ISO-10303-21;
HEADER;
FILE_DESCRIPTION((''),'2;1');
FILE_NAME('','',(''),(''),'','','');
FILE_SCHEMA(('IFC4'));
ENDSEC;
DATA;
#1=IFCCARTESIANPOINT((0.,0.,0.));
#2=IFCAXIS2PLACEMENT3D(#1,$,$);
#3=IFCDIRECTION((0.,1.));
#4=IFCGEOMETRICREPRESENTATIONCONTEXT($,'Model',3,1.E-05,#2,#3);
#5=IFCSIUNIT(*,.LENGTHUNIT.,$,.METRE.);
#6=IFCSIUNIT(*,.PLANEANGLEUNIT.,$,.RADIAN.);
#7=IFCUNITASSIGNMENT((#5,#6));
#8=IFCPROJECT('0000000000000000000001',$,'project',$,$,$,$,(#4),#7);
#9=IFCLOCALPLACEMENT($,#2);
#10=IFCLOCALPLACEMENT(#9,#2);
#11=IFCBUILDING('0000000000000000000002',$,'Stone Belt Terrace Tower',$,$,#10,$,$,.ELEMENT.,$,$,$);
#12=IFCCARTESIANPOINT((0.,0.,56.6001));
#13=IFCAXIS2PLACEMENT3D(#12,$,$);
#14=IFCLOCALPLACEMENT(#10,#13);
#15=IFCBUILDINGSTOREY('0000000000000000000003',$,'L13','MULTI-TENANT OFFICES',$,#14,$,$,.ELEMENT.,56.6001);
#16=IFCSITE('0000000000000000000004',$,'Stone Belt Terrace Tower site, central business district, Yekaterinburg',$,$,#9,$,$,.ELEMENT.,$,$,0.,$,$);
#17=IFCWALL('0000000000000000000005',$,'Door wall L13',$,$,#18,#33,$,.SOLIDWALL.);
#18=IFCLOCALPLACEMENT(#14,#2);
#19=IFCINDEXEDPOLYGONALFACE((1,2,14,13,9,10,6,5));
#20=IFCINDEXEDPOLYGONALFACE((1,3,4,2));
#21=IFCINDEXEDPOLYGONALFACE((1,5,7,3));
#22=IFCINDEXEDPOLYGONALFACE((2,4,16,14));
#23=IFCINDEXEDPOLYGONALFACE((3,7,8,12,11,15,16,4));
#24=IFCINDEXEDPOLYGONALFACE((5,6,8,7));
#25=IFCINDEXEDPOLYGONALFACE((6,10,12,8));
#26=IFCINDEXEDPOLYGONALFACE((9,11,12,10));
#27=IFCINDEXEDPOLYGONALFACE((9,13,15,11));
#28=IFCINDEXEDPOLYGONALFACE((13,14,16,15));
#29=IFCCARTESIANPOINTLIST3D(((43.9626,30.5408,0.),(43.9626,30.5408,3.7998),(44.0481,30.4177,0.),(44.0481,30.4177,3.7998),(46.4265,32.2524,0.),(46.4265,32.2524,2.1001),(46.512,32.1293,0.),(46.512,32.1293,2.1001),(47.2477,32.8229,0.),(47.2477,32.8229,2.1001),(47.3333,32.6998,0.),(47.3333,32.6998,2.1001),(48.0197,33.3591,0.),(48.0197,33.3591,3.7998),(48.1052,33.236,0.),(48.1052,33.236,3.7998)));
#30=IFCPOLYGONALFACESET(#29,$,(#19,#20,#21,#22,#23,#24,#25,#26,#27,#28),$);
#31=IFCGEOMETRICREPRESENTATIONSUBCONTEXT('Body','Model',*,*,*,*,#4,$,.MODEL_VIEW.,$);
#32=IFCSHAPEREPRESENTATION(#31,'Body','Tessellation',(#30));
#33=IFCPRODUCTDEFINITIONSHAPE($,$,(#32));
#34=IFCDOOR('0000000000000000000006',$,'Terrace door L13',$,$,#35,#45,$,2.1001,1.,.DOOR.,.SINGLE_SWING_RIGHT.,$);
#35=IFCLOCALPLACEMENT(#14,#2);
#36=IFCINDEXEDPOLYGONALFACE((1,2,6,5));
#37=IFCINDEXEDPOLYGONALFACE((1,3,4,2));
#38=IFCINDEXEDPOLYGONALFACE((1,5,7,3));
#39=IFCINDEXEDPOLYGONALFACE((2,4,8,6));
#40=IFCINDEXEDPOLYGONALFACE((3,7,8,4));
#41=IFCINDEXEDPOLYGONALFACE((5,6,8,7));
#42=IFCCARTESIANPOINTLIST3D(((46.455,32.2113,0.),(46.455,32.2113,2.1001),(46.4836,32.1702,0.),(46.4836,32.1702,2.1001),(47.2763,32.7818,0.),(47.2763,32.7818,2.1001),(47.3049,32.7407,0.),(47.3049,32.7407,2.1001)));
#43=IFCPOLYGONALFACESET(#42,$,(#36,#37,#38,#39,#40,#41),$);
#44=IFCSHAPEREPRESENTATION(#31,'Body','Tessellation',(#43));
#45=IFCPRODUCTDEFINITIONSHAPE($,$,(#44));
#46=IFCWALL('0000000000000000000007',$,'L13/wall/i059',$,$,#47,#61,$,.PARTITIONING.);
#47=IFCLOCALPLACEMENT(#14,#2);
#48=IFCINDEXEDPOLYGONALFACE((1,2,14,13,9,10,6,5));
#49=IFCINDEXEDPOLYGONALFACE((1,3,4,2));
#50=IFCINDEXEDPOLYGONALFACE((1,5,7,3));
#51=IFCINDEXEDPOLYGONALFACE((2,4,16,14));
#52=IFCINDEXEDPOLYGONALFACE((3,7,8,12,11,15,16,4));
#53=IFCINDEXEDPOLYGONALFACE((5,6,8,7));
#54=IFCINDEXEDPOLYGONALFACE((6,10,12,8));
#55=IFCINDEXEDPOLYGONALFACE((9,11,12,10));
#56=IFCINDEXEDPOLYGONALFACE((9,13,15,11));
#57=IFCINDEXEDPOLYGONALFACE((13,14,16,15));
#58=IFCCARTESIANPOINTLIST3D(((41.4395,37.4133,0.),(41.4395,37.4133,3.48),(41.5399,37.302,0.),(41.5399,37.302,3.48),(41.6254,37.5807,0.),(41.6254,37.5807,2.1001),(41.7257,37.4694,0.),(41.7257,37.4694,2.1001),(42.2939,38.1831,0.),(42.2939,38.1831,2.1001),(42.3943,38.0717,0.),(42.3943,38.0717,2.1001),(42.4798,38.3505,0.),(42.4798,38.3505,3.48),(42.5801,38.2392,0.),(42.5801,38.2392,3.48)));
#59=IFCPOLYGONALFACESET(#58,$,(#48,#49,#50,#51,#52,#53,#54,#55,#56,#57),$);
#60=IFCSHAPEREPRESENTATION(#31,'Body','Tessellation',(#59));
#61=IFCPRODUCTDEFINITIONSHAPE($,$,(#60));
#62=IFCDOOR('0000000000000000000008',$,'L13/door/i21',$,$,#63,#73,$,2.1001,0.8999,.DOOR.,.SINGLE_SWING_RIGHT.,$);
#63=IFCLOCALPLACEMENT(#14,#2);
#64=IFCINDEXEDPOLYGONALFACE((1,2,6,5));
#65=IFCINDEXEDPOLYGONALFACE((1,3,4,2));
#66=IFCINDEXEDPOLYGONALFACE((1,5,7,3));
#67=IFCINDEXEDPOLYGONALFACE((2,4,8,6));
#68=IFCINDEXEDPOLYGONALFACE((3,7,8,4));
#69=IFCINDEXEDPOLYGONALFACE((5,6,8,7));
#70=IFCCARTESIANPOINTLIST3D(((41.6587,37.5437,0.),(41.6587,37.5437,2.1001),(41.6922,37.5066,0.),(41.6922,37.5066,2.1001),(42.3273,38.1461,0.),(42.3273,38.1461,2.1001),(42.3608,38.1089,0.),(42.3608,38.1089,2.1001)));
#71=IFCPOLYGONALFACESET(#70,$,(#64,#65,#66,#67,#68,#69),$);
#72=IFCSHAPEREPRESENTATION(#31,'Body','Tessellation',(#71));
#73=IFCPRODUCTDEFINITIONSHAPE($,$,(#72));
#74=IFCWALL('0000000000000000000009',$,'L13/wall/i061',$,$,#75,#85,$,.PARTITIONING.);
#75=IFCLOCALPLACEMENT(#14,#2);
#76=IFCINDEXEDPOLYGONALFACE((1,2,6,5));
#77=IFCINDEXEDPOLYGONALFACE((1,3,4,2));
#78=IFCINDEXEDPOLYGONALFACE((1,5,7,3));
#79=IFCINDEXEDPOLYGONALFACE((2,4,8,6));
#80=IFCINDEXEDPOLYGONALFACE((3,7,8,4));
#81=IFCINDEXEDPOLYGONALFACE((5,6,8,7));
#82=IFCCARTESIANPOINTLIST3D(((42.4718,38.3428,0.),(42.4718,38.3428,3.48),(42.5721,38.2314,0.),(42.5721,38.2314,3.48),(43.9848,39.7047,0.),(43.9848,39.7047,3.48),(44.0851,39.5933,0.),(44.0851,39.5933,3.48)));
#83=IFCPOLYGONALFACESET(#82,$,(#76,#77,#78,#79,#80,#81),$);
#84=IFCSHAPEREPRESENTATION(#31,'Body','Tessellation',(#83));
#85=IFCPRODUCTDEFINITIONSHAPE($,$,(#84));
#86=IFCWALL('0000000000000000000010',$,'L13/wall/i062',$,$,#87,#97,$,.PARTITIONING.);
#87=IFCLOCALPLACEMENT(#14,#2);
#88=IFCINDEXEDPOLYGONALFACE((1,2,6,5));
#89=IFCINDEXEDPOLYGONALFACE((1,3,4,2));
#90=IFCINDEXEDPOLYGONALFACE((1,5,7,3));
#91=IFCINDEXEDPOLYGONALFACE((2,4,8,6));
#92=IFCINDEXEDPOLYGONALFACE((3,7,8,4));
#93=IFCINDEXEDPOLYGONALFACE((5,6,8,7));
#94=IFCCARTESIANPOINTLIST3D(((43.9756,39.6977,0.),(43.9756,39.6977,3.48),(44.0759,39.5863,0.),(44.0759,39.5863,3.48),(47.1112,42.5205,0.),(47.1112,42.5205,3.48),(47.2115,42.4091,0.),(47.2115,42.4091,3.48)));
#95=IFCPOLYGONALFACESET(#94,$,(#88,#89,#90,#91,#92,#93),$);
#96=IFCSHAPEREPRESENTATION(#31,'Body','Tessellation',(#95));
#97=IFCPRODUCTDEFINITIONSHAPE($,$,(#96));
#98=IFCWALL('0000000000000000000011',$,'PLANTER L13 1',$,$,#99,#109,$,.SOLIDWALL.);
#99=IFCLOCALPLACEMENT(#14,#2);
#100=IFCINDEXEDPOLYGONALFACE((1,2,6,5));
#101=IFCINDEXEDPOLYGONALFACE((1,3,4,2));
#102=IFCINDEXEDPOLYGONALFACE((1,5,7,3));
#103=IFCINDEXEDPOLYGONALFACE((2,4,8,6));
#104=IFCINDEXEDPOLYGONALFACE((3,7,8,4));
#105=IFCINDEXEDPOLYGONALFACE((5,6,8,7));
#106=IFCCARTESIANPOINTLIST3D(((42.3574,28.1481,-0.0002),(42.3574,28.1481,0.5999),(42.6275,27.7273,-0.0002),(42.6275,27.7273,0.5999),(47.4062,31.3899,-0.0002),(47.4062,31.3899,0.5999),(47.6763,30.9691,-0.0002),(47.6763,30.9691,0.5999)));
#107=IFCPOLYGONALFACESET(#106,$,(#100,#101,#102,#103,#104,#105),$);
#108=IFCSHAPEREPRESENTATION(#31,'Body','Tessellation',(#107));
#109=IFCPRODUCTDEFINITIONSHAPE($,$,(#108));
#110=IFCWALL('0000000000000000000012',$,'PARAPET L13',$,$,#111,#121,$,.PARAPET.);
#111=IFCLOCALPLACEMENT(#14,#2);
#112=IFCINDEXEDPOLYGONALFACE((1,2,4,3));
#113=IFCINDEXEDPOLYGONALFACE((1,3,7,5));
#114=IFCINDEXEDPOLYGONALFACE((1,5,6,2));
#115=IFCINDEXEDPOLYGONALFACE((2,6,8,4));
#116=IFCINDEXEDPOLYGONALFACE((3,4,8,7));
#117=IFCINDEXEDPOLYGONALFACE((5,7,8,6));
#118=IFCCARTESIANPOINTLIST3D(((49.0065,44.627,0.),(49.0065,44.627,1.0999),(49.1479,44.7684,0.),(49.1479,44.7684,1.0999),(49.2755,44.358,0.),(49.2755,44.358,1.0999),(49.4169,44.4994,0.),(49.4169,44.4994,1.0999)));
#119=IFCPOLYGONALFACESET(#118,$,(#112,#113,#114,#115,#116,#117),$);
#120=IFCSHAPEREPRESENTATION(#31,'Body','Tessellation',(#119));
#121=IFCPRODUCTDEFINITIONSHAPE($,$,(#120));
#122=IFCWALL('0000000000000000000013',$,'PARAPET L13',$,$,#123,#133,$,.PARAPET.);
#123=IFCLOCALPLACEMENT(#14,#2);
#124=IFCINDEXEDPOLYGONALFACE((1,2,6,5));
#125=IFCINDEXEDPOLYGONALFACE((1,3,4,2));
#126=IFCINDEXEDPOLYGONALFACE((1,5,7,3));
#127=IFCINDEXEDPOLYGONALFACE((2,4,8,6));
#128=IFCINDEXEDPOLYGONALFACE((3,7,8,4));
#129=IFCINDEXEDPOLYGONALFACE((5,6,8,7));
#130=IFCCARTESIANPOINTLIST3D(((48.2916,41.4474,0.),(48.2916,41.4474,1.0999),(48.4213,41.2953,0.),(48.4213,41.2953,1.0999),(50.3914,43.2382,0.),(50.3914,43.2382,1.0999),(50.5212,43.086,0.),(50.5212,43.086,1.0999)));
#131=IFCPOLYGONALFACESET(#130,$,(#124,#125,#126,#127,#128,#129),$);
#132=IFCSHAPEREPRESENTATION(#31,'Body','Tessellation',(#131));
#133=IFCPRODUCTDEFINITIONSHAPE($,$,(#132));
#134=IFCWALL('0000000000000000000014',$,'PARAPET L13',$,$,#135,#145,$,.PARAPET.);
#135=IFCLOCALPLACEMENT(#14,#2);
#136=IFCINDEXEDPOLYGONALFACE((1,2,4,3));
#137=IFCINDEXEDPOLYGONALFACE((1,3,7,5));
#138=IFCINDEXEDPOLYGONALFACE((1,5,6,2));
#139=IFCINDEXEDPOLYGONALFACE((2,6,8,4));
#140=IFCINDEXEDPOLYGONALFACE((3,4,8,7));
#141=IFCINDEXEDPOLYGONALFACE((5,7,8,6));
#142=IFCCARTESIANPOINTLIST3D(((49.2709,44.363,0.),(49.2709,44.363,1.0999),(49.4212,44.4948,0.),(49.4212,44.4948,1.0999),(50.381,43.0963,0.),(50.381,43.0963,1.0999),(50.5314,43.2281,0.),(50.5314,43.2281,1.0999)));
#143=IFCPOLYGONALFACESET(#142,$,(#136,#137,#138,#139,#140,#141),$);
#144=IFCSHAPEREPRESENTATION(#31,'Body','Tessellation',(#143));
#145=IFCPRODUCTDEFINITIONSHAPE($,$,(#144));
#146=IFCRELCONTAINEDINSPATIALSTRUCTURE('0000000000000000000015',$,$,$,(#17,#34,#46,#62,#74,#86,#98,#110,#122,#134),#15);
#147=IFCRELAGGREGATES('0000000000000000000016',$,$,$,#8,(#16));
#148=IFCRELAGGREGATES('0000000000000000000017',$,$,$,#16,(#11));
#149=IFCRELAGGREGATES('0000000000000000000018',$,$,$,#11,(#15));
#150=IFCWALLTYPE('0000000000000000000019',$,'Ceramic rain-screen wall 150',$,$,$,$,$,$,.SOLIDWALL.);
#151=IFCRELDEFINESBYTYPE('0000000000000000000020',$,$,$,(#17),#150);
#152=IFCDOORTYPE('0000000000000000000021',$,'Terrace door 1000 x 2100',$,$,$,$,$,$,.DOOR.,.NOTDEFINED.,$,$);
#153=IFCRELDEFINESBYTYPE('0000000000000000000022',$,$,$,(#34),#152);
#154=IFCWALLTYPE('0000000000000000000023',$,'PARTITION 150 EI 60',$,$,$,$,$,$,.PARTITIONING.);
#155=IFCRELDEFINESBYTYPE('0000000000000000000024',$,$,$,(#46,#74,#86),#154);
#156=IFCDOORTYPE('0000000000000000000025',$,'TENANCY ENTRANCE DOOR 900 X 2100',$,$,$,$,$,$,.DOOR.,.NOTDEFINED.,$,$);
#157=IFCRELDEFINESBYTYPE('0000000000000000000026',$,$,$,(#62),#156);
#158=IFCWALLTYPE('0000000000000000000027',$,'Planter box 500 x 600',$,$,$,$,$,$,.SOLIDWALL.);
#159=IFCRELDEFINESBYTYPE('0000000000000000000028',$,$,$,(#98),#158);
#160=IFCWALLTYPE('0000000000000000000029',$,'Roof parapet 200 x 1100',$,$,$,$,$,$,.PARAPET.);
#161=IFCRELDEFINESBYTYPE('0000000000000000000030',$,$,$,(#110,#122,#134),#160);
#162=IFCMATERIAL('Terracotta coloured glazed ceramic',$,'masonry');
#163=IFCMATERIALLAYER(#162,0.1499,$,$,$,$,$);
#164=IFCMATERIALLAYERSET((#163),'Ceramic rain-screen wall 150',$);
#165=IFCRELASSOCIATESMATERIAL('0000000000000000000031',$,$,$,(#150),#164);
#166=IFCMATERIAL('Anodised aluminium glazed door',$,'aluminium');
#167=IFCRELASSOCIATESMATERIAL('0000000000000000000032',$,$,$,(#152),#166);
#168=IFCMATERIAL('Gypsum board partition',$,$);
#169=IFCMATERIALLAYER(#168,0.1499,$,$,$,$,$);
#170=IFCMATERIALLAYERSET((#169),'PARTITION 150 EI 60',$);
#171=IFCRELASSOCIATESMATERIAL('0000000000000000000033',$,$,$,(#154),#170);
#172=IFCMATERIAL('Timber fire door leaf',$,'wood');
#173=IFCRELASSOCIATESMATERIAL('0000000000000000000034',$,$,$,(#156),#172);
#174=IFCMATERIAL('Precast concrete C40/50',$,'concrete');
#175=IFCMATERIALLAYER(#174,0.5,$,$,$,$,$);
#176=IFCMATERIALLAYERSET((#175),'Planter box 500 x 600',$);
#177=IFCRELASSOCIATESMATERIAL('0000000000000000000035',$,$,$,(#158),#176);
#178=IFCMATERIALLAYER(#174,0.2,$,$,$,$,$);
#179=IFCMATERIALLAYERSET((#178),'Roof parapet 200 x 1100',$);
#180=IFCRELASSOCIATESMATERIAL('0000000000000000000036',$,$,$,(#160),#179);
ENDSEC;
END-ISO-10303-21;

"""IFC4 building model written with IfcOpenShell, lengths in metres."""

from ifc_helpers import new_model, si_unit, direction, frame, frame_2d, origin, origin_2d, place, context, subcontext, project, spatial, rectangle, extrude, material, layer, layer_set, type_object, element, fill, save


model = new_model("IFC4")

# Units and contexts
model_context = context("Model", 3, precision=1e-05, world=origin(), true_north=direction((0.0, 1.0)))
body_context = subcontext(model_context, "Body", "Model", "MODEL_VIEW")
ifc_project = project(units=[si_unit("LENGTHUNIT", "METRE"), si_unit("PLANEANGLEUNIT", "RADIAN")], contexts=[model_context])

# Site, building, storey
site_placement = place(None, origin())
site = spatial("IfcSite", under=ifc_project, at=site_placement, Name="Stone Belt Terrace Tower site, central business district, Yekaterinburg", CompositionType="ELEMENT", RefElevation=0.0)
building_placement = place(site_placement, origin())
building = spatial("IfcBuilding", under=site, at=building_placement, Name="Stone Belt Terrace Tower", CompositionType="ELEMENT")
storey_placement = place(building_placement, frame((0.0, 0.0, 56.6001)))
storey = spatial("IfcBuildingStorey", under=building, at=storey_placement, Name="L13", Description="MULTI-TENANT OFFICES", CompositionType="ELEMENT", Elevation=56.6001)

# Walls, openings, doors
ifc_material_1 = material(Name="Terracotta coloured glazed ceramic", Category="masonry")
ifc_layer_1 = layer(ifc_material_1, 0.1499)
ifc_layer_set_1 = layer_set([ifc_layer_1], Name="Ceramic rain-screen wall 150")
wall_type_1 = type_object("IfcWallType", Name="Ceramic rain-screen wall 150", PredefinedType="SOLIDWALL", material=ifc_layer_set_1)
wall_1_placement = place(storey_placement, frame((44.0054, 30.4792, 0.0), z_axis=(0.0, 0.0, 1.0), x_axis=(0.821284, 0.57052, 0.0)))
wall_1 = element("IfcWall", 1, at=wall_1_placement, inside=storey, type_object=wall_type_1, Name="Door wall L13", PredefinedType="SOLIDWALL", context=body_context, shape_type="SweptSolid", body=[
    extrude(rectangle(XDim=4.9399, YDim=0.1499, at=frame_2d((2.47, 0.0))), origin(), (0.0, 0.0, 1.0), 3.7998),
])
opening_1_placement = place(wall_1_placement, frame((3.0, 0.0, 0.0)))
opening_1 = element("IfcOpeningElement", 2, at=opening_1_placement, cuts=wall_1, PredefinedType="OPENING", context=body_context, shape_type="SweptSolid", body=[
    extrude(rectangle(XDim=1.0, YDim=2.1001, at=frame_2d((0.5, 1.05))), frame((0.0, 0.085, 0.0), z_axis=(0.0, -1.0, 0.0), x_axis=(1.0, 0.0, 0.0)), (0.0, 0.0, 1.0), 0.1699),
])
ifc_material_2 = material(Name="Anodised aluminium glazed door", Category="aluminium")
door_type_1 = type_object("IfcDoorType", Name="Terrace door 1000 x 2100", OperationType="NOTDEFINED", PredefinedType="DOOR", material=ifc_material_2)
door_1_placement = place(opening_1_placement, origin())
door_1 = element("IfcDoor", 3, at=door_1_placement, inside=storey, type_object=door_type_1, Name="Terrace door L13", OperationType="SINGLE_SWING_RIGHT", OverallHeight=2.1001, OverallWidth=1.0, PredefinedType="DOOR", context=body_context, shape_type="SweptSolid", body=[
    extrude(rectangle(XDim=1.0, YDim=2.1001, at=frame_2d((0.5, 1.05))), frame((0.0, 0.0249, 0.0), z_axis=(0.0, -1.0, 0.0), x_axis=(1.0, 0.0, 0.0)), (0.0, 0.0, 1.0), 0.05),
])
fill(opening_1, door_1)
ifc_material_3 = material(Name="Gypsum board partition")
ifc_layer_2 = layer(ifc_material_3, 0.1499)
ifc_layer_set_2 = layer_set([ifc_layer_2], Name="PARTITION 150 EI 60")
wall_type_2 = type_object("IfcWallType", Name="PARTITION 150 EI 60", PredefinedType="PARTITIONING", material=ifc_layer_set_2)
wall_2_placement = place(storey_placement, frame((42.53, 38.2949, 0.0), z_axis=(0.0, 0.0, 1.0), x_axis=(-0.742939, -0.66936, 0.0)))
wall_2 = element("IfcWall", 4, at=wall_2_placement, inside=storey, type_object=wall_type_2, Name="L13/wall/i059", PredefinedType="PARTITIONING", context=body_context, shape_type="SweptSolid", body=[
    extrude(rectangle(XDim=1.4001, YDim=0.1499, at=frame_2d((0.7002, 0.0))), origin(), (0.0, 0.0, 1.0), 3.48),
])
opening_2_placement = place(wall_2_placement, frame((0.2502, 0.0, 0.0)))
opening_2 = element("IfcOpeningElement", 5, at=opening_2_placement, cuts=wall_2, PredefinedType="OPENING", context=body_context, shape_type="SweptSolid", body=[
    extrude(rectangle(XDim=0.8999, YDim=2.1001, at=frame_2d((0.45, 1.05))), frame((0.0, 0.085, 0.0), z_axis=(0.0, -1.0, 0.0), x_axis=(1.0, 0.0, 0.0)), (0.0, 0.0, 1.0), 0.1699),
])
ifc_material_4 = material(Name="Timber fire door leaf", Category="wood")
door_type_2 = type_object("IfcDoorType", Name="TENANCY ENTRANCE DOOR 900 X 2100", OperationType="NOTDEFINED", PredefinedType="DOOR", material=ifc_material_4)
door_2_placement = place(opening_2_placement, origin())
door_2 = element("IfcDoor", 6, at=door_2_placement, inside=storey, type_object=door_type_2, Name="L13/door/i21", OperationType="SINGLE_SWING_RIGHT", OverallHeight=2.1001, OverallWidth=0.8999, PredefinedType="DOOR", context=body_context, shape_type="SweptSolid", body=[
    extrude(rectangle(XDim=0.8999, YDim=2.1001, at=frame_2d((0.45, 1.05))), frame((0.0, 0.0249, 0.0), z_axis=(0.0, -1.0, 0.0), x_axis=(1.0, 0.0, 0.0)), (0.0, 0.0, 1.0), 0.05),
])
fill(opening_2, door_2)

# Walls
wall_3_placement = place(storey_placement, frame((42.522, 38.2871, 0.0), z_axis=(0.0, 0.0, 1.0), x_axis=(0.743252, 0.669011, 0.0)))
element("IfcWall", 7, at=wall_3_placement, inside=storey, type_object=wall_type_2, Name="L13/wall/i061", PredefinedType="PARTITIONING", context=body_context, shape_type="SweptSolid", body=[
    extrude(rectangle(XDim=2.0356, YDim=0.1499, at=frame_2d((1.0178, 0.0))), origin(), (0.0, 0.0, 1.0), 3.48),
])
wall_4_placement = place(storey_placement, frame((44.0259, 39.6421, 0.0), z_axis=(0.0, 0.0, 1.0), x_axis=(0.743199, 0.66907, 0.0)))
element("IfcWall", 8, at=wall_4_placement, inside=storey, type_object=wall_type_2, Name="L13/wall/i062", PredefinedType="PARTITIONING", context=body_context, shape_type="SweptSolid", body=[
    extrude(rectangle(XDim=4.219, YDim=0.1499, at=frame_2d((2.1094, 0.0))), origin(), (0.0, 0.0, 1.0), 3.48),
])
ifc_material_5 = material(Name="Precast concrete C40/50", Category="concrete")
ifc_layer_3 = layer(ifc_material_5, 0.5)
ifc_layer_set_3 = layer_set([ifc_layer_3], Name="Planter box 500 x 600")
wall_type_3 = type_object("IfcWallType", Name="Planter box 500 x 600", PredefinedType="SOLIDWALL", material=ifc_layer_set_3)
wall_5_placement = place(storey_placement, frame((45.0168, 29.5586, -0.0002), z_axis=(0.0, 0.0, 1.0), x_axis=(0.841471, 0.540302, 0.0)))
element("IfcWall", 9, at=wall_5_placement, inside=storey, type_object=wall_type_3, Name="PLANTER L13 1", PredefinedType="SOLIDWALL", context=body_context, shape_type="SweptSolid", body=[
    extrude(rectangle(XDim=6.0, YDim=0.5, at=origin_2d()), origin(), (0.0, 0.0, 1.0), 0.6001),
])
ifc_layer_4 = layer(ifc_material_5, 0.2)
ifc_layer_set_4 = layer_set([ifc_layer_4], Name="Roof parapet 200 x 1100")
wall_type_4 = type_object("IfcWallType", Name="Roof parapet 200 x 1100", PredefinedType="PARAPET", material=ifc_layer_set_4)
wall_6_placement = place(storey_placement, frame((49.3462, 44.4287, 0.0), z_axis=(0.0, 0.0, 1.0), x_axis=(-0.707107, 0.707107, 0.0)))
element("IfcWall", 10, at=wall_6_placement, inside=storey, type_object=wall_type_4, Name="PARAPET L13", PredefinedType="PARAPET", context=body_context, shape_type="SweptSolid", body=[
    extrude(rectangle(XDim=0.3804, YDim=0.2, at=frame_2d((0.1902, 0.0))), origin(), (0.0, 0.0, 1.0), 1.0999),
])
wall_7_placement = place(storey_placement, frame((48.3564, 41.3713, 0.0), z_axis=(0.0, 0.0, 1.0), x_axis=(0.760884, 0.648888, 0.0)))
element("IfcWall", 11, at=wall_7_placement, inside=storey, type_object=wall_type_4, Name="PARAPET L13", PredefinedType="PARAPET", context=body_context, shape_type="SweptSolid", body=[
    extrude(rectangle(XDim=2.7598, YDim=0.2, at=frame_2d((1.3799, 0.0))), origin(), (0.0, 0.0, 1.0), 1.0999),
])
wall_8_placement = place(storey_placement, frame((50.4563, 43.1621, 0.0), z_axis=(0.0, 0.0, 1.0), x_axis=(-0.65912, 0.752038, 0.0)))
element("IfcWall", 12, at=wall_8_placement, inside=storey, type_object=wall_type_4, Name="PARAPET L13", PredefinedType="PARAPET", context=body_context, shape_type="SweptSolid", body=[
    extrude(rectangle(XDim=1.6843, YDim=0.2, at=frame_2d((0.8423, 0.0))), origin(), (0.0, 0.0, 1.0), 1.0999),
])

save(model, "model.ifc")
